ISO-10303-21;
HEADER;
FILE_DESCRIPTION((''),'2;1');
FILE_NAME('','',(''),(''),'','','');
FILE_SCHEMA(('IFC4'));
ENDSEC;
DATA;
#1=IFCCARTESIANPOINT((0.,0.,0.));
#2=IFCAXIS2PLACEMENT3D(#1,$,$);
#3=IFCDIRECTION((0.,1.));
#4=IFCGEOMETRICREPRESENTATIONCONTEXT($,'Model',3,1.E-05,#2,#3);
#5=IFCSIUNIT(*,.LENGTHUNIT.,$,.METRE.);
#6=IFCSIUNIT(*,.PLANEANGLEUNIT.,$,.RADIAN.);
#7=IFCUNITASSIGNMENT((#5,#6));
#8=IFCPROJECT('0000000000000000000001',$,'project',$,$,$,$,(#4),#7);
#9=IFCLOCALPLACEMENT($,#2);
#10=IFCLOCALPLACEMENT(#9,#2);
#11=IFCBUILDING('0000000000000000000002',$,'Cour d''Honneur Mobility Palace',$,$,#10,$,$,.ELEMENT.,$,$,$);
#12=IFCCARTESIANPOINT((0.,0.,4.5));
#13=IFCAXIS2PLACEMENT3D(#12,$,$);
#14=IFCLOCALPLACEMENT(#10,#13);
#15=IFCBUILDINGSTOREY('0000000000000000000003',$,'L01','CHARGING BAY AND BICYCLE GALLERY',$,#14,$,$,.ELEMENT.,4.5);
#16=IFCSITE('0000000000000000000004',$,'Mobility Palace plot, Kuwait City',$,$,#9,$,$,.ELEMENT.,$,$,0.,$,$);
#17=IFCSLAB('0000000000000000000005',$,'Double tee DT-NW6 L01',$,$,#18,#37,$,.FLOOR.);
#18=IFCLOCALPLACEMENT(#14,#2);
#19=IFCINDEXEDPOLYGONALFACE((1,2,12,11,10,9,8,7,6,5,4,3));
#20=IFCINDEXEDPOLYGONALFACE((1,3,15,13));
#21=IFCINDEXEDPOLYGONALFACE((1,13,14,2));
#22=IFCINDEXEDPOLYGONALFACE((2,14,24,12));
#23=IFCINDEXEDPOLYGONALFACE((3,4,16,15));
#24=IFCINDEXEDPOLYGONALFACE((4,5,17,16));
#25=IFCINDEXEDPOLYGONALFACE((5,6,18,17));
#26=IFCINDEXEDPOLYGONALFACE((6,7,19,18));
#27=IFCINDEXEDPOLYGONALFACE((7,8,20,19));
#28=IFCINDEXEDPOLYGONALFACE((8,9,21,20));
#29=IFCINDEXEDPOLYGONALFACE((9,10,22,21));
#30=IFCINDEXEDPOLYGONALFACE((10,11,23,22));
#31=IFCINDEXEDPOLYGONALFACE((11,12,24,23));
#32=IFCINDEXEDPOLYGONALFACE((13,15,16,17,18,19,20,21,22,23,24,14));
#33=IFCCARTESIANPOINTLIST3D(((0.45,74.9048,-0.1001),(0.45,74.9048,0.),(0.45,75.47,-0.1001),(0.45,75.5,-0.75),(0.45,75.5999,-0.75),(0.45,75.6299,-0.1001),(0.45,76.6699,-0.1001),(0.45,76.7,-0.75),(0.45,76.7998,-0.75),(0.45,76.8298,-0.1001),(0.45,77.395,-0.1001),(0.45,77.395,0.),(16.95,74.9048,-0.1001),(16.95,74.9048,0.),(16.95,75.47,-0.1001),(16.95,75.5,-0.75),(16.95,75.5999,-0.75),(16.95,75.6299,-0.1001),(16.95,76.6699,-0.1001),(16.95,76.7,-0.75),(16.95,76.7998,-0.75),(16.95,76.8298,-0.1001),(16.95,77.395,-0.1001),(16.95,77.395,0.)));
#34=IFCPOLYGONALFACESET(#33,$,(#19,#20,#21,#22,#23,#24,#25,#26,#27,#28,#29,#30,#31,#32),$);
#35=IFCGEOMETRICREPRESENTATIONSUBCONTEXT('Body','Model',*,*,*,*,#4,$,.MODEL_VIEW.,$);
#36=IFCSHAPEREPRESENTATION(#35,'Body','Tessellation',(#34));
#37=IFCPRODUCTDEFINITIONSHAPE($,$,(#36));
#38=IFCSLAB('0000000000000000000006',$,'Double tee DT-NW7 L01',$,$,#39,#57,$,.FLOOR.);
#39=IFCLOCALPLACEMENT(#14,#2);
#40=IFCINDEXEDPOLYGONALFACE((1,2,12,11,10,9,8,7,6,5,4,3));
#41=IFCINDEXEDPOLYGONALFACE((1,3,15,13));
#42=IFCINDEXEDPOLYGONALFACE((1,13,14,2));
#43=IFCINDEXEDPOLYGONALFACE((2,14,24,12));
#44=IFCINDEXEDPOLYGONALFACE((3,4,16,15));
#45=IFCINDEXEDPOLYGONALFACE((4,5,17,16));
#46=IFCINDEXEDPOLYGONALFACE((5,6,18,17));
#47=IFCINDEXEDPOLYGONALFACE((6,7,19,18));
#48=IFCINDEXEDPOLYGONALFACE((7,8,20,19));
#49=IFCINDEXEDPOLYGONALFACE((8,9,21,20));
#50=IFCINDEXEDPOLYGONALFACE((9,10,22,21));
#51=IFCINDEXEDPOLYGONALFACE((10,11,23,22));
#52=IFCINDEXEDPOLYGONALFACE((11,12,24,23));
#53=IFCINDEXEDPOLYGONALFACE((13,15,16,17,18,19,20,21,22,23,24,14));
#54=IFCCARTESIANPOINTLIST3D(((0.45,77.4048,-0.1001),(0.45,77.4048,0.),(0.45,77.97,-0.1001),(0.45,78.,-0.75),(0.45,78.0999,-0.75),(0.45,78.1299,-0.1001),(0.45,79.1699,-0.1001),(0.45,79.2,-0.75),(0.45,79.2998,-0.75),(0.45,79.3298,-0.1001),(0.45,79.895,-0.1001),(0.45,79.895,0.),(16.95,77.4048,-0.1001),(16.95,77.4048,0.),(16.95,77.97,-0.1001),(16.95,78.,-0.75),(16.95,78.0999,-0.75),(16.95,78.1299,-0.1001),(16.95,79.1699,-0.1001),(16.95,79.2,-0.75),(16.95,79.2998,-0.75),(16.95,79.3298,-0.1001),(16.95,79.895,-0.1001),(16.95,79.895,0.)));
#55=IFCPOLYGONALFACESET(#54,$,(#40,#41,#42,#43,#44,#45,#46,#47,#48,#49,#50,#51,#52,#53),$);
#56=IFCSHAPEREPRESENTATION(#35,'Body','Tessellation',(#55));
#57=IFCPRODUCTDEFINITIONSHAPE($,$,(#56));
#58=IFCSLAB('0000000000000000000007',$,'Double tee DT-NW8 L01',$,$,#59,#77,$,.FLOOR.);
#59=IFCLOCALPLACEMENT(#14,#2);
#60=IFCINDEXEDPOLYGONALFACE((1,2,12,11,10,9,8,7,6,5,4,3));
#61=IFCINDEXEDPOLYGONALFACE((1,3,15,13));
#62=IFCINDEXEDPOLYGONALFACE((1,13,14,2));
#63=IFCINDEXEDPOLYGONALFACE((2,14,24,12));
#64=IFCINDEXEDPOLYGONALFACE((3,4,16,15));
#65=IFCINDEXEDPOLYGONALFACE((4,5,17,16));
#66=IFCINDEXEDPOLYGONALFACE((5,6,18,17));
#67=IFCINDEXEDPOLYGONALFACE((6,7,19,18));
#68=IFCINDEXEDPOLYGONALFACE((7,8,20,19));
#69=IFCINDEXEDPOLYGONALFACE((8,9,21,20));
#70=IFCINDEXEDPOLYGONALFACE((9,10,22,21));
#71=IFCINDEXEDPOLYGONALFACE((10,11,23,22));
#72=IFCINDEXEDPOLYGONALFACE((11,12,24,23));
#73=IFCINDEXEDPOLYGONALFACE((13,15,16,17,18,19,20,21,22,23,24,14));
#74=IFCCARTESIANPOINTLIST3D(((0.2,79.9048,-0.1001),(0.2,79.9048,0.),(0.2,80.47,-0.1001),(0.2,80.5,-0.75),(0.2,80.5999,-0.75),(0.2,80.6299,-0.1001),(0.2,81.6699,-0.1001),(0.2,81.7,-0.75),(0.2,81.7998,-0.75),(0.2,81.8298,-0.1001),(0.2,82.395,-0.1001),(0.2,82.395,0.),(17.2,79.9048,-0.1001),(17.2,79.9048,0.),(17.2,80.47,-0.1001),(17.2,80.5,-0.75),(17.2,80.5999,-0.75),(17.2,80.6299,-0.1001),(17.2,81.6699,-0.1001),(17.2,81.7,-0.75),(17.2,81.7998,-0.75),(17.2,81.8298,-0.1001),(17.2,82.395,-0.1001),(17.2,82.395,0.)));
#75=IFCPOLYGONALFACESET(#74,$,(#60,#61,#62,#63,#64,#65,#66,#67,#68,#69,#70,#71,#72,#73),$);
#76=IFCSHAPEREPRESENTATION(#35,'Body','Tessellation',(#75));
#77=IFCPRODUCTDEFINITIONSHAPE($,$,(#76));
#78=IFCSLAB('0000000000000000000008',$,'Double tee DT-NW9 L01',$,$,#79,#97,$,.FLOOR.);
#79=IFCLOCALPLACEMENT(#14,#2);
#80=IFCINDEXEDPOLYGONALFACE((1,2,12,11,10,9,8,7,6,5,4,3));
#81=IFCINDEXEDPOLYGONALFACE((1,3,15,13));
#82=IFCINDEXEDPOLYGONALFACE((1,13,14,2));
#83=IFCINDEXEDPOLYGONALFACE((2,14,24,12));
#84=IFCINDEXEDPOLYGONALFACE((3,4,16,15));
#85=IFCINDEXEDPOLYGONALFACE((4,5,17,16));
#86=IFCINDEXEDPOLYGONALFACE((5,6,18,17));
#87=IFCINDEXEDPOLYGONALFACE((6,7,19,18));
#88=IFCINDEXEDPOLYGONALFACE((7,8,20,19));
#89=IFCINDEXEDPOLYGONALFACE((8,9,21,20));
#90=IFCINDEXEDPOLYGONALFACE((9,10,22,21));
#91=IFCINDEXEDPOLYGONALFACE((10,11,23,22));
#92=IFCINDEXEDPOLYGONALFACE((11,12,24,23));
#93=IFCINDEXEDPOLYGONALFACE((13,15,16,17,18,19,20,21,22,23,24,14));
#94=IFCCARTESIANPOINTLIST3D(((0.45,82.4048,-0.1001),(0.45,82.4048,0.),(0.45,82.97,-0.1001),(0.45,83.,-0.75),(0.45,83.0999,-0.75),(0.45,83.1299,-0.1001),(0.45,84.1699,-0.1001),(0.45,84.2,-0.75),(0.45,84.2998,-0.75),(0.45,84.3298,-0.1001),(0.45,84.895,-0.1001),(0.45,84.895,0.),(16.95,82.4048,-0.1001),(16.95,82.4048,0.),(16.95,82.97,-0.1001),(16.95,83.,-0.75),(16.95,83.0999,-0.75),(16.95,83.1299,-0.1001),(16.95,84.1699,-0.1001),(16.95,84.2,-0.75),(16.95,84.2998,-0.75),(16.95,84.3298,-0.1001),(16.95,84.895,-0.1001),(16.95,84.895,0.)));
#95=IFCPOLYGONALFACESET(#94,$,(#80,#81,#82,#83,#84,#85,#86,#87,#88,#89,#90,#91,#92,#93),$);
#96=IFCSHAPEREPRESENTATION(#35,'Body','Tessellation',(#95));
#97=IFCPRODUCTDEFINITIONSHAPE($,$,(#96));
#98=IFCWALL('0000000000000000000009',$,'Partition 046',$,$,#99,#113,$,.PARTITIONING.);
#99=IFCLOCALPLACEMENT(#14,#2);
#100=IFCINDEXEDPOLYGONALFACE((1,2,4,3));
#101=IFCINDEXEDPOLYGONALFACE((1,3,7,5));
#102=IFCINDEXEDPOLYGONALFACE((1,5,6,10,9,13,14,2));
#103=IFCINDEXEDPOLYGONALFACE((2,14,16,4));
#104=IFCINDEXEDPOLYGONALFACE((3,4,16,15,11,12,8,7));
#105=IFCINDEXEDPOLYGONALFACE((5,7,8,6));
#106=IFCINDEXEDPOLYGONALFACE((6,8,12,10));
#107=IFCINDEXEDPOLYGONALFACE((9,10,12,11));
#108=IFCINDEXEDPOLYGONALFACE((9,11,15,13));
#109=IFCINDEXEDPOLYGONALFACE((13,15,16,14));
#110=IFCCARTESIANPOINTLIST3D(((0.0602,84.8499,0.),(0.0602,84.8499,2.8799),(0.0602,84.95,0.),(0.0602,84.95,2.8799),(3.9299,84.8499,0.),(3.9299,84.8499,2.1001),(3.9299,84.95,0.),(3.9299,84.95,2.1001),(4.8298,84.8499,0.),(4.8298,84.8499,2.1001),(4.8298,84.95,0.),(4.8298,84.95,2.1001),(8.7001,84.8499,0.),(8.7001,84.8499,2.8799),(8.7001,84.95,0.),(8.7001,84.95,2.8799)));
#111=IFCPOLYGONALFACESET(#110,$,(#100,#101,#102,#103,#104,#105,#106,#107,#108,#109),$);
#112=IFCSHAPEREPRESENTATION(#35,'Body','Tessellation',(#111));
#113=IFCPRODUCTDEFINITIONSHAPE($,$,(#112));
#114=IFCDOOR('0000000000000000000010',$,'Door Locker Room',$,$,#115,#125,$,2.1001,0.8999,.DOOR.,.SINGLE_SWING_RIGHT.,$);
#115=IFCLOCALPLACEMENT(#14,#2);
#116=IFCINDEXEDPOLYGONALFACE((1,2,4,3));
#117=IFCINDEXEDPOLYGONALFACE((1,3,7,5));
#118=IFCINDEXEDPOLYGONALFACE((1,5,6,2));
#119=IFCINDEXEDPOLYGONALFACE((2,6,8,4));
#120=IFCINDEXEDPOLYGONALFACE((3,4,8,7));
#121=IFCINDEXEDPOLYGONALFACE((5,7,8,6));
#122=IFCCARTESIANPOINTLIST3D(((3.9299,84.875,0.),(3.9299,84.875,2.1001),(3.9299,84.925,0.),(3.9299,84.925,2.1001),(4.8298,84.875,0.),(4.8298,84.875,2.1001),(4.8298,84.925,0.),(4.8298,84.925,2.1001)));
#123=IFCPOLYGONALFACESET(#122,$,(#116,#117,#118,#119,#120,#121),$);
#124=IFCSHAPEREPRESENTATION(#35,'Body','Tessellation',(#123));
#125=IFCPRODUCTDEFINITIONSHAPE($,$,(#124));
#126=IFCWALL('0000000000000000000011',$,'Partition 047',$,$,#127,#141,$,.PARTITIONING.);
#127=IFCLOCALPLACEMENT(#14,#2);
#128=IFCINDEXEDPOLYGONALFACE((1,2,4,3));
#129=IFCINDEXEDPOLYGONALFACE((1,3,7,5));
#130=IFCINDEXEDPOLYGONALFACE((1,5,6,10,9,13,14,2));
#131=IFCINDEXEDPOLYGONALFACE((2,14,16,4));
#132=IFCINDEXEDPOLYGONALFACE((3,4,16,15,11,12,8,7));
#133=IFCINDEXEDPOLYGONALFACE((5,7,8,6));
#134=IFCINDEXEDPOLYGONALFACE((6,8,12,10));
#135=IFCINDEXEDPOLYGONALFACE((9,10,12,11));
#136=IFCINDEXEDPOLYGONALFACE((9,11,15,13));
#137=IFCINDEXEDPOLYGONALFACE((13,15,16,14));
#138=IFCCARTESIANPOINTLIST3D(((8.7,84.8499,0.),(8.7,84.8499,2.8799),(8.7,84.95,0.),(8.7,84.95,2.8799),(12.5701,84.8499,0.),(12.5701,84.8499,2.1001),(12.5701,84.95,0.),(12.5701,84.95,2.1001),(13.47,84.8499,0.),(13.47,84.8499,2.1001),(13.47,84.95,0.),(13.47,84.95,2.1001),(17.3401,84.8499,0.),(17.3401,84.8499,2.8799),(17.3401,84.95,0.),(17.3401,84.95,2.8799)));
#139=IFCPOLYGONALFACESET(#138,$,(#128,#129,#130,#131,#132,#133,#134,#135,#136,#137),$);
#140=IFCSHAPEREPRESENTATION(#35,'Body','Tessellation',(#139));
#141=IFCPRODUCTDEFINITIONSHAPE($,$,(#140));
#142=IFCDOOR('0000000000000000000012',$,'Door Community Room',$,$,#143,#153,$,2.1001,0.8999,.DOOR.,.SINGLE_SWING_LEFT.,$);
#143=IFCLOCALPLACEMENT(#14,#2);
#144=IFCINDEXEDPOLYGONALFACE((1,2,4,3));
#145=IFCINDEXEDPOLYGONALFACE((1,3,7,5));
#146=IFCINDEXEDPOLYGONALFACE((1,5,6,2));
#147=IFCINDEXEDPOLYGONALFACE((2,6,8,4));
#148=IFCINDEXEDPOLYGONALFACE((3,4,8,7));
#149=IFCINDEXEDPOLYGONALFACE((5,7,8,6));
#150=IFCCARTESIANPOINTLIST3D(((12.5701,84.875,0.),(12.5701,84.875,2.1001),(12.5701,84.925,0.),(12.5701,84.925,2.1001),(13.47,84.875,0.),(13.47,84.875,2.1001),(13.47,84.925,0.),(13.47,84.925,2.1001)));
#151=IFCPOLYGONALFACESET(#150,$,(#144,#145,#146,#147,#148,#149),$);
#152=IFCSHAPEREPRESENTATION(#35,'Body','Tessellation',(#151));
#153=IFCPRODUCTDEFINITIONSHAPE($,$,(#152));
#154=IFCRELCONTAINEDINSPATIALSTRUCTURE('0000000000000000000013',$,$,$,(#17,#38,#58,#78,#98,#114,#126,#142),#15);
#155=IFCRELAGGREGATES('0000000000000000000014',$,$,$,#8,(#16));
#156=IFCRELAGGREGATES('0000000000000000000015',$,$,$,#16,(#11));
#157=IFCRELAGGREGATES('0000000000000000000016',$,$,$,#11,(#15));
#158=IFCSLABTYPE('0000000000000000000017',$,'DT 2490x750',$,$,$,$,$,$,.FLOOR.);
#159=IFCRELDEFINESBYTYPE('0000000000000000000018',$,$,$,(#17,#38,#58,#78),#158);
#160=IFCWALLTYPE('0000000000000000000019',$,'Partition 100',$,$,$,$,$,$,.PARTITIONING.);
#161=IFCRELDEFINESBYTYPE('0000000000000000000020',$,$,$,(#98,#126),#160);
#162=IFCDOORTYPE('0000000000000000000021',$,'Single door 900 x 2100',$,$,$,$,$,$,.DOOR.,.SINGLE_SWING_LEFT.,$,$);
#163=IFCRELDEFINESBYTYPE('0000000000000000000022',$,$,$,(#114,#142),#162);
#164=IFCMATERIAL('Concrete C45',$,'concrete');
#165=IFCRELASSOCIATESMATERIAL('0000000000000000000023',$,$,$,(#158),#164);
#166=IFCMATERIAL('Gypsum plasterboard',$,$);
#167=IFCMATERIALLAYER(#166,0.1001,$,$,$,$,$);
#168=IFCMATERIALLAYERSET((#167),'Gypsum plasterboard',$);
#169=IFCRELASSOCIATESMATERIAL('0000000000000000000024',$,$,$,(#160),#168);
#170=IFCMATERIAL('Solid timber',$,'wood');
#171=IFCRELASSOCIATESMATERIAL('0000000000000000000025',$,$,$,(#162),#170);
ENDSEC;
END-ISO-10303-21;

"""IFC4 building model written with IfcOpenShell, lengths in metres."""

from ifc_helpers import new_model, si_unit, direction, frame, frame_2d, origin, place, context, subcontext, project, spatial, polyline, rectangle, outline, extrude, material, layer, layer_set, material_profile, profile_set, type_object, element, fill, save


model = new_model("IFC4")

# Units and contexts
model_context = context("Model", 3, precision=1e-05, world=origin(), true_north=direction((0.0, 1.0)))
body_context = subcontext(model_context, "Body", "Model", "MODEL_VIEW")
ifc_project = project(units=[si_unit("LENGTHUNIT", "METRE"), si_unit("PLANEANGLEUNIT", "RADIAN")], contexts=[model_context])

# Site, building, storey
site_placement = place(None, origin())
site = spatial("IfcSite", under=ifc_project, at=site_placement, Name="Mobility Palace plot, Kuwait City", CompositionType="ELEMENT", RefElevation=0.0)
building_placement = place(site_placement, origin())
building = spatial("IfcBuilding", under=site, at=building_placement, Name="Cour d'Honneur Mobility Palace", CompositionType="ELEMENT")
storey_placement = place(building_placement, frame((0.0, 0.0, 4.5)))
storey = spatial("IfcBuildingStorey", under=building, at=storey_placement, Name="L01", Description="CHARGING BAY AND BICYCLE GALLERY", CompositionType="ELEMENT", Elevation=4.5)

# Slabs
ifc_material_1 = material(Name="Concrete C45", Category="concrete")
ifc_material_profile_1 = material_profile(ifc_material_1, outline(polyline([(-1.2451, 0.0), (1.2451, 0.0), (1.2451, -0.1001), (0.6799, -0.1001), (0.6499, -0.75), (0.55, -0.75), (0.52, -0.1001), (-0.52, -0.1001), (-0.55, -0.75), (-0.6499, -0.75), (-0.6799, -0.1001), (-1.2451, -0.1001), (-1.2451, 0.0)])), Name="DT 2490x750")
ifc_profile_set_1 = profile_set([ifc_material_profile_1], Name="Concrete C45")
slab_type = type_object("IfcSlabType", Name="DT 2490x750", PredefinedType="FLOOR", material=ifc_profile_set_1)
for number, where, z_axis, x_axis, name in (
    (1, (0.45, 76.1499, 0.0), (1.0, 0.0, 0.0), (0.0, 1.0, 0.0), "Double tee DT-NW6 L01"),
    (2, (0.45, 78.6499, 0.0), (1.0, 0.0, 0.0), (0.0, 1.0, 0.0), "Double tee DT-NW7 L01"),
):
    element("IfcSlab", number, at=place(storey_placement, frame(where, z_axis=z_axis, x_axis=x_axis)), inside=storey, type_object=slab_type, Name=name, PredefinedType="FLOOR", context=body_context, shape_type="SweptSolid", body=[
        extrude(outline(polyline([(-1.2451, 0.0), (1.2451, 0.0), (1.2451, -0.1001), (0.6799, -0.1001), (0.6499, -0.75), (0.55, -0.75), (0.52, -0.1001), (-0.52, -0.1001), (-0.55, -0.75), (-0.6499, -0.75), (-0.6799, -0.1001), (-1.2451, -0.1001), (-1.2451, 0.0)])), origin(), (0.0, 0.0, 1.0), 16.5),
    ])
slab_1_placement = place(storey_placement, frame((0.2, 81.1499, 0.0), z_axis=(1.0, 0.0, 0.0), x_axis=(0.0, 1.0, 0.0)))
element("IfcSlab", 3, at=slab_1_placement, inside=storey, type_object=slab_type, Name="Double tee DT-NW8 L01", PredefinedType="FLOOR", context=body_context, shape_type="SweptSolid", body=[
    extrude(outline(polyline([(-1.2451, 0.0), (1.2451, 0.0), (1.2451, -0.1001), (0.6799, -0.1001), (0.6499, -0.75), (0.55, -0.75), (0.52, -0.1001), (-0.52, -0.1001), (-0.55, -0.75), (-0.6499, -0.75), (-0.6799, -0.1001), (-1.2451, -0.1001), (-1.2451, 0.0)])), origin(), (0.0, 0.0, 1.0), 17.0),
])
slab_2_placement = place(storey_placement, frame((0.45, 83.6499, 0.0), z_axis=(1.0, 0.0, 0.0), x_axis=(0.0, 1.0, 0.0)))
element("IfcSlab", 4, at=slab_2_placement, inside=storey, type_object=slab_type, Name="Double tee DT-NW9 L01", PredefinedType="FLOOR", context=body_context, shape_type="SweptSolid", body=[
    extrude(outline(polyline([(-1.2451, 0.0), (1.2451, 0.0), (1.2451, -0.1001), (0.6799, -0.1001), (0.6499, -0.75), (0.55, -0.75), (0.52, -0.1001), (-0.52, -0.1001), (-0.55, -0.75), (-0.6499, -0.75), (-0.6799, -0.1001), (-1.2451, -0.1001), (-1.2451, 0.0)])), origin(), (0.0, 0.0, 1.0), 16.5),
])

# Walls, openings, doors
ifc_material_2 = material(Name="Gypsum plasterboard")
ifc_layer_1 = layer(ifc_material_2, 0.1001)
ifc_layer_set_1 = layer_set([ifc_layer_1], Name="Gypsum plasterboard")
wall_type_1 = type_object("IfcWallType", Name="Partition 100", PredefinedType="PARTITIONING", material=ifc_layer_set_1)
wall_1_placement = place(storey_placement, frame((8.7, 84.8999, 0.0), z_axis=(0.0, 0.0, 1.0), x_axis=(-1.0, 0.0, 0.0)))
wall_1 = element("IfcWall", 5, at=wall_1_placement, inside=storey, type_object=wall_type_1, Name="Partition 046", PredefinedType="PARTITIONING", context=body_context, shape_type="SweptSolid", body=[
    extrude(rectangle(XDim=8.6399, YDim=0.1001, at=frame_2d((4.3198, 0.0))), origin(), (0.0, 0.0, 1.0), 2.8799),
])
opening_1_placement = place(wall_1_placement, frame((3.8701, 0.0, 0.0)))
opening_1 = element("IfcOpeningElement", 6, at=opening_1_placement, cuts=wall_1, PredefinedType="OPENING", context=body_context, shape_type="SweptSolid", body=[
    extrude(rectangle(XDim=0.8999, YDim=2.1001, at=frame_2d((0.45, 1.05))), frame((0.0, 0.0601, 0.0), z_axis=(0.0, -1.0, 0.0), x_axis=(1.0, 0.0, 0.0)), (0.0, 0.0, 1.0), 0.1201),
])
ifc_material_3 = material(Name="Solid timber", Category="wood")
door_type = type_object("IfcDoorType", Name="Single door 900 x 2100", OperationType="SINGLE_SWING_LEFT", PredefinedType="DOOR", material=ifc_material_3)
door_1_placement = place(opening_1_placement, origin())
door_1 = element("IfcDoor", 7, at=door_1_placement, inside=storey, type_object=door_type, Name="Door Locker Room", OperationType="SINGLE_SWING_RIGHT", OverallHeight=2.1001, OverallWidth=0.8999, PredefinedType="DOOR", context=body_context, shape_type="SweptSolid", body=[
    extrude(rectangle(XDim=0.8999, YDim=2.1001, at=frame_2d((0.45, 1.05))), frame((0.0, 0.0249, 0.0), z_axis=(0.0, -1.0, 0.0), x_axis=(1.0, 0.0, 0.0)), (0.0, 0.0, 1.0), 0.05),
])
fill(opening_1, door_1)
wall_2_placement = place(storey_placement, frame((17.3401, 84.8999, 0.0), z_axis=(0.0, 0.0, 1.0), x_axis=(-1.0, 0.0, 0.0)))
wall_2 = element("IfcWall", 8, at=wall_2_placement, inside=storey, type_object=wall_type_1, Name="Partition 047", PredefinedType="PARTITIONING", context=body_context, shape_type="SweptSolid", body=[
    extrude(rectangle(XDim=8.6401, YDim=0.1001, at=frame_2d((4.3201, 0.0))), origin(), (0.0, 0.0, 1.0), 2.8799),
])
opening_2_placement = place(wall_2_placement, frame((3.8701, 0.0, 0.0)))
opening_2 = element("IfcOpeningElement", 9, at=opening_2_placement, cuts=wall_2, PredefinedType="OPENING", context=body_context, shape_type="SweptSolid", body=[
    extrude(rectangle(XDim=0.8999, YDim=2.1001, at=frame_2d((0.45, 1.05))), frame((0.0, 0.0601, 0.0), z_axis=(0.0, -1.0, 0.0), x_axis=(1.0, 0.0, 0.0)), (0.0, 0.0, 1.0), 0.1201),
])
door_2_placement = place(opening_2_placement, origin())
door_2 = element("IfcDoor", 10, at=door_2_placement, inside=storey, type_object=door_type, Name="Door Community Room", OperationType="SINGLE_SWING_LEFT", OverallHeight=2.1001, OverallWidth=0.8999, PredefinedType="DOOR", context=body_context, shape_type="SweptSolid", body=[
    extrude(rectangle(XDim=0.8999, YDim=2.1001, at=frame_2d((0.45, 1.05))), frame((0.0, 0.0249, 0.0), z_axis=(0.0, -1.0, 0.0), x_axis=(1.0, 0.0, 0.0)), (0.0, 0.0, 1.0), 0.05),
])
fill(opening_2, door_2)

save(model, "model.ifc")
